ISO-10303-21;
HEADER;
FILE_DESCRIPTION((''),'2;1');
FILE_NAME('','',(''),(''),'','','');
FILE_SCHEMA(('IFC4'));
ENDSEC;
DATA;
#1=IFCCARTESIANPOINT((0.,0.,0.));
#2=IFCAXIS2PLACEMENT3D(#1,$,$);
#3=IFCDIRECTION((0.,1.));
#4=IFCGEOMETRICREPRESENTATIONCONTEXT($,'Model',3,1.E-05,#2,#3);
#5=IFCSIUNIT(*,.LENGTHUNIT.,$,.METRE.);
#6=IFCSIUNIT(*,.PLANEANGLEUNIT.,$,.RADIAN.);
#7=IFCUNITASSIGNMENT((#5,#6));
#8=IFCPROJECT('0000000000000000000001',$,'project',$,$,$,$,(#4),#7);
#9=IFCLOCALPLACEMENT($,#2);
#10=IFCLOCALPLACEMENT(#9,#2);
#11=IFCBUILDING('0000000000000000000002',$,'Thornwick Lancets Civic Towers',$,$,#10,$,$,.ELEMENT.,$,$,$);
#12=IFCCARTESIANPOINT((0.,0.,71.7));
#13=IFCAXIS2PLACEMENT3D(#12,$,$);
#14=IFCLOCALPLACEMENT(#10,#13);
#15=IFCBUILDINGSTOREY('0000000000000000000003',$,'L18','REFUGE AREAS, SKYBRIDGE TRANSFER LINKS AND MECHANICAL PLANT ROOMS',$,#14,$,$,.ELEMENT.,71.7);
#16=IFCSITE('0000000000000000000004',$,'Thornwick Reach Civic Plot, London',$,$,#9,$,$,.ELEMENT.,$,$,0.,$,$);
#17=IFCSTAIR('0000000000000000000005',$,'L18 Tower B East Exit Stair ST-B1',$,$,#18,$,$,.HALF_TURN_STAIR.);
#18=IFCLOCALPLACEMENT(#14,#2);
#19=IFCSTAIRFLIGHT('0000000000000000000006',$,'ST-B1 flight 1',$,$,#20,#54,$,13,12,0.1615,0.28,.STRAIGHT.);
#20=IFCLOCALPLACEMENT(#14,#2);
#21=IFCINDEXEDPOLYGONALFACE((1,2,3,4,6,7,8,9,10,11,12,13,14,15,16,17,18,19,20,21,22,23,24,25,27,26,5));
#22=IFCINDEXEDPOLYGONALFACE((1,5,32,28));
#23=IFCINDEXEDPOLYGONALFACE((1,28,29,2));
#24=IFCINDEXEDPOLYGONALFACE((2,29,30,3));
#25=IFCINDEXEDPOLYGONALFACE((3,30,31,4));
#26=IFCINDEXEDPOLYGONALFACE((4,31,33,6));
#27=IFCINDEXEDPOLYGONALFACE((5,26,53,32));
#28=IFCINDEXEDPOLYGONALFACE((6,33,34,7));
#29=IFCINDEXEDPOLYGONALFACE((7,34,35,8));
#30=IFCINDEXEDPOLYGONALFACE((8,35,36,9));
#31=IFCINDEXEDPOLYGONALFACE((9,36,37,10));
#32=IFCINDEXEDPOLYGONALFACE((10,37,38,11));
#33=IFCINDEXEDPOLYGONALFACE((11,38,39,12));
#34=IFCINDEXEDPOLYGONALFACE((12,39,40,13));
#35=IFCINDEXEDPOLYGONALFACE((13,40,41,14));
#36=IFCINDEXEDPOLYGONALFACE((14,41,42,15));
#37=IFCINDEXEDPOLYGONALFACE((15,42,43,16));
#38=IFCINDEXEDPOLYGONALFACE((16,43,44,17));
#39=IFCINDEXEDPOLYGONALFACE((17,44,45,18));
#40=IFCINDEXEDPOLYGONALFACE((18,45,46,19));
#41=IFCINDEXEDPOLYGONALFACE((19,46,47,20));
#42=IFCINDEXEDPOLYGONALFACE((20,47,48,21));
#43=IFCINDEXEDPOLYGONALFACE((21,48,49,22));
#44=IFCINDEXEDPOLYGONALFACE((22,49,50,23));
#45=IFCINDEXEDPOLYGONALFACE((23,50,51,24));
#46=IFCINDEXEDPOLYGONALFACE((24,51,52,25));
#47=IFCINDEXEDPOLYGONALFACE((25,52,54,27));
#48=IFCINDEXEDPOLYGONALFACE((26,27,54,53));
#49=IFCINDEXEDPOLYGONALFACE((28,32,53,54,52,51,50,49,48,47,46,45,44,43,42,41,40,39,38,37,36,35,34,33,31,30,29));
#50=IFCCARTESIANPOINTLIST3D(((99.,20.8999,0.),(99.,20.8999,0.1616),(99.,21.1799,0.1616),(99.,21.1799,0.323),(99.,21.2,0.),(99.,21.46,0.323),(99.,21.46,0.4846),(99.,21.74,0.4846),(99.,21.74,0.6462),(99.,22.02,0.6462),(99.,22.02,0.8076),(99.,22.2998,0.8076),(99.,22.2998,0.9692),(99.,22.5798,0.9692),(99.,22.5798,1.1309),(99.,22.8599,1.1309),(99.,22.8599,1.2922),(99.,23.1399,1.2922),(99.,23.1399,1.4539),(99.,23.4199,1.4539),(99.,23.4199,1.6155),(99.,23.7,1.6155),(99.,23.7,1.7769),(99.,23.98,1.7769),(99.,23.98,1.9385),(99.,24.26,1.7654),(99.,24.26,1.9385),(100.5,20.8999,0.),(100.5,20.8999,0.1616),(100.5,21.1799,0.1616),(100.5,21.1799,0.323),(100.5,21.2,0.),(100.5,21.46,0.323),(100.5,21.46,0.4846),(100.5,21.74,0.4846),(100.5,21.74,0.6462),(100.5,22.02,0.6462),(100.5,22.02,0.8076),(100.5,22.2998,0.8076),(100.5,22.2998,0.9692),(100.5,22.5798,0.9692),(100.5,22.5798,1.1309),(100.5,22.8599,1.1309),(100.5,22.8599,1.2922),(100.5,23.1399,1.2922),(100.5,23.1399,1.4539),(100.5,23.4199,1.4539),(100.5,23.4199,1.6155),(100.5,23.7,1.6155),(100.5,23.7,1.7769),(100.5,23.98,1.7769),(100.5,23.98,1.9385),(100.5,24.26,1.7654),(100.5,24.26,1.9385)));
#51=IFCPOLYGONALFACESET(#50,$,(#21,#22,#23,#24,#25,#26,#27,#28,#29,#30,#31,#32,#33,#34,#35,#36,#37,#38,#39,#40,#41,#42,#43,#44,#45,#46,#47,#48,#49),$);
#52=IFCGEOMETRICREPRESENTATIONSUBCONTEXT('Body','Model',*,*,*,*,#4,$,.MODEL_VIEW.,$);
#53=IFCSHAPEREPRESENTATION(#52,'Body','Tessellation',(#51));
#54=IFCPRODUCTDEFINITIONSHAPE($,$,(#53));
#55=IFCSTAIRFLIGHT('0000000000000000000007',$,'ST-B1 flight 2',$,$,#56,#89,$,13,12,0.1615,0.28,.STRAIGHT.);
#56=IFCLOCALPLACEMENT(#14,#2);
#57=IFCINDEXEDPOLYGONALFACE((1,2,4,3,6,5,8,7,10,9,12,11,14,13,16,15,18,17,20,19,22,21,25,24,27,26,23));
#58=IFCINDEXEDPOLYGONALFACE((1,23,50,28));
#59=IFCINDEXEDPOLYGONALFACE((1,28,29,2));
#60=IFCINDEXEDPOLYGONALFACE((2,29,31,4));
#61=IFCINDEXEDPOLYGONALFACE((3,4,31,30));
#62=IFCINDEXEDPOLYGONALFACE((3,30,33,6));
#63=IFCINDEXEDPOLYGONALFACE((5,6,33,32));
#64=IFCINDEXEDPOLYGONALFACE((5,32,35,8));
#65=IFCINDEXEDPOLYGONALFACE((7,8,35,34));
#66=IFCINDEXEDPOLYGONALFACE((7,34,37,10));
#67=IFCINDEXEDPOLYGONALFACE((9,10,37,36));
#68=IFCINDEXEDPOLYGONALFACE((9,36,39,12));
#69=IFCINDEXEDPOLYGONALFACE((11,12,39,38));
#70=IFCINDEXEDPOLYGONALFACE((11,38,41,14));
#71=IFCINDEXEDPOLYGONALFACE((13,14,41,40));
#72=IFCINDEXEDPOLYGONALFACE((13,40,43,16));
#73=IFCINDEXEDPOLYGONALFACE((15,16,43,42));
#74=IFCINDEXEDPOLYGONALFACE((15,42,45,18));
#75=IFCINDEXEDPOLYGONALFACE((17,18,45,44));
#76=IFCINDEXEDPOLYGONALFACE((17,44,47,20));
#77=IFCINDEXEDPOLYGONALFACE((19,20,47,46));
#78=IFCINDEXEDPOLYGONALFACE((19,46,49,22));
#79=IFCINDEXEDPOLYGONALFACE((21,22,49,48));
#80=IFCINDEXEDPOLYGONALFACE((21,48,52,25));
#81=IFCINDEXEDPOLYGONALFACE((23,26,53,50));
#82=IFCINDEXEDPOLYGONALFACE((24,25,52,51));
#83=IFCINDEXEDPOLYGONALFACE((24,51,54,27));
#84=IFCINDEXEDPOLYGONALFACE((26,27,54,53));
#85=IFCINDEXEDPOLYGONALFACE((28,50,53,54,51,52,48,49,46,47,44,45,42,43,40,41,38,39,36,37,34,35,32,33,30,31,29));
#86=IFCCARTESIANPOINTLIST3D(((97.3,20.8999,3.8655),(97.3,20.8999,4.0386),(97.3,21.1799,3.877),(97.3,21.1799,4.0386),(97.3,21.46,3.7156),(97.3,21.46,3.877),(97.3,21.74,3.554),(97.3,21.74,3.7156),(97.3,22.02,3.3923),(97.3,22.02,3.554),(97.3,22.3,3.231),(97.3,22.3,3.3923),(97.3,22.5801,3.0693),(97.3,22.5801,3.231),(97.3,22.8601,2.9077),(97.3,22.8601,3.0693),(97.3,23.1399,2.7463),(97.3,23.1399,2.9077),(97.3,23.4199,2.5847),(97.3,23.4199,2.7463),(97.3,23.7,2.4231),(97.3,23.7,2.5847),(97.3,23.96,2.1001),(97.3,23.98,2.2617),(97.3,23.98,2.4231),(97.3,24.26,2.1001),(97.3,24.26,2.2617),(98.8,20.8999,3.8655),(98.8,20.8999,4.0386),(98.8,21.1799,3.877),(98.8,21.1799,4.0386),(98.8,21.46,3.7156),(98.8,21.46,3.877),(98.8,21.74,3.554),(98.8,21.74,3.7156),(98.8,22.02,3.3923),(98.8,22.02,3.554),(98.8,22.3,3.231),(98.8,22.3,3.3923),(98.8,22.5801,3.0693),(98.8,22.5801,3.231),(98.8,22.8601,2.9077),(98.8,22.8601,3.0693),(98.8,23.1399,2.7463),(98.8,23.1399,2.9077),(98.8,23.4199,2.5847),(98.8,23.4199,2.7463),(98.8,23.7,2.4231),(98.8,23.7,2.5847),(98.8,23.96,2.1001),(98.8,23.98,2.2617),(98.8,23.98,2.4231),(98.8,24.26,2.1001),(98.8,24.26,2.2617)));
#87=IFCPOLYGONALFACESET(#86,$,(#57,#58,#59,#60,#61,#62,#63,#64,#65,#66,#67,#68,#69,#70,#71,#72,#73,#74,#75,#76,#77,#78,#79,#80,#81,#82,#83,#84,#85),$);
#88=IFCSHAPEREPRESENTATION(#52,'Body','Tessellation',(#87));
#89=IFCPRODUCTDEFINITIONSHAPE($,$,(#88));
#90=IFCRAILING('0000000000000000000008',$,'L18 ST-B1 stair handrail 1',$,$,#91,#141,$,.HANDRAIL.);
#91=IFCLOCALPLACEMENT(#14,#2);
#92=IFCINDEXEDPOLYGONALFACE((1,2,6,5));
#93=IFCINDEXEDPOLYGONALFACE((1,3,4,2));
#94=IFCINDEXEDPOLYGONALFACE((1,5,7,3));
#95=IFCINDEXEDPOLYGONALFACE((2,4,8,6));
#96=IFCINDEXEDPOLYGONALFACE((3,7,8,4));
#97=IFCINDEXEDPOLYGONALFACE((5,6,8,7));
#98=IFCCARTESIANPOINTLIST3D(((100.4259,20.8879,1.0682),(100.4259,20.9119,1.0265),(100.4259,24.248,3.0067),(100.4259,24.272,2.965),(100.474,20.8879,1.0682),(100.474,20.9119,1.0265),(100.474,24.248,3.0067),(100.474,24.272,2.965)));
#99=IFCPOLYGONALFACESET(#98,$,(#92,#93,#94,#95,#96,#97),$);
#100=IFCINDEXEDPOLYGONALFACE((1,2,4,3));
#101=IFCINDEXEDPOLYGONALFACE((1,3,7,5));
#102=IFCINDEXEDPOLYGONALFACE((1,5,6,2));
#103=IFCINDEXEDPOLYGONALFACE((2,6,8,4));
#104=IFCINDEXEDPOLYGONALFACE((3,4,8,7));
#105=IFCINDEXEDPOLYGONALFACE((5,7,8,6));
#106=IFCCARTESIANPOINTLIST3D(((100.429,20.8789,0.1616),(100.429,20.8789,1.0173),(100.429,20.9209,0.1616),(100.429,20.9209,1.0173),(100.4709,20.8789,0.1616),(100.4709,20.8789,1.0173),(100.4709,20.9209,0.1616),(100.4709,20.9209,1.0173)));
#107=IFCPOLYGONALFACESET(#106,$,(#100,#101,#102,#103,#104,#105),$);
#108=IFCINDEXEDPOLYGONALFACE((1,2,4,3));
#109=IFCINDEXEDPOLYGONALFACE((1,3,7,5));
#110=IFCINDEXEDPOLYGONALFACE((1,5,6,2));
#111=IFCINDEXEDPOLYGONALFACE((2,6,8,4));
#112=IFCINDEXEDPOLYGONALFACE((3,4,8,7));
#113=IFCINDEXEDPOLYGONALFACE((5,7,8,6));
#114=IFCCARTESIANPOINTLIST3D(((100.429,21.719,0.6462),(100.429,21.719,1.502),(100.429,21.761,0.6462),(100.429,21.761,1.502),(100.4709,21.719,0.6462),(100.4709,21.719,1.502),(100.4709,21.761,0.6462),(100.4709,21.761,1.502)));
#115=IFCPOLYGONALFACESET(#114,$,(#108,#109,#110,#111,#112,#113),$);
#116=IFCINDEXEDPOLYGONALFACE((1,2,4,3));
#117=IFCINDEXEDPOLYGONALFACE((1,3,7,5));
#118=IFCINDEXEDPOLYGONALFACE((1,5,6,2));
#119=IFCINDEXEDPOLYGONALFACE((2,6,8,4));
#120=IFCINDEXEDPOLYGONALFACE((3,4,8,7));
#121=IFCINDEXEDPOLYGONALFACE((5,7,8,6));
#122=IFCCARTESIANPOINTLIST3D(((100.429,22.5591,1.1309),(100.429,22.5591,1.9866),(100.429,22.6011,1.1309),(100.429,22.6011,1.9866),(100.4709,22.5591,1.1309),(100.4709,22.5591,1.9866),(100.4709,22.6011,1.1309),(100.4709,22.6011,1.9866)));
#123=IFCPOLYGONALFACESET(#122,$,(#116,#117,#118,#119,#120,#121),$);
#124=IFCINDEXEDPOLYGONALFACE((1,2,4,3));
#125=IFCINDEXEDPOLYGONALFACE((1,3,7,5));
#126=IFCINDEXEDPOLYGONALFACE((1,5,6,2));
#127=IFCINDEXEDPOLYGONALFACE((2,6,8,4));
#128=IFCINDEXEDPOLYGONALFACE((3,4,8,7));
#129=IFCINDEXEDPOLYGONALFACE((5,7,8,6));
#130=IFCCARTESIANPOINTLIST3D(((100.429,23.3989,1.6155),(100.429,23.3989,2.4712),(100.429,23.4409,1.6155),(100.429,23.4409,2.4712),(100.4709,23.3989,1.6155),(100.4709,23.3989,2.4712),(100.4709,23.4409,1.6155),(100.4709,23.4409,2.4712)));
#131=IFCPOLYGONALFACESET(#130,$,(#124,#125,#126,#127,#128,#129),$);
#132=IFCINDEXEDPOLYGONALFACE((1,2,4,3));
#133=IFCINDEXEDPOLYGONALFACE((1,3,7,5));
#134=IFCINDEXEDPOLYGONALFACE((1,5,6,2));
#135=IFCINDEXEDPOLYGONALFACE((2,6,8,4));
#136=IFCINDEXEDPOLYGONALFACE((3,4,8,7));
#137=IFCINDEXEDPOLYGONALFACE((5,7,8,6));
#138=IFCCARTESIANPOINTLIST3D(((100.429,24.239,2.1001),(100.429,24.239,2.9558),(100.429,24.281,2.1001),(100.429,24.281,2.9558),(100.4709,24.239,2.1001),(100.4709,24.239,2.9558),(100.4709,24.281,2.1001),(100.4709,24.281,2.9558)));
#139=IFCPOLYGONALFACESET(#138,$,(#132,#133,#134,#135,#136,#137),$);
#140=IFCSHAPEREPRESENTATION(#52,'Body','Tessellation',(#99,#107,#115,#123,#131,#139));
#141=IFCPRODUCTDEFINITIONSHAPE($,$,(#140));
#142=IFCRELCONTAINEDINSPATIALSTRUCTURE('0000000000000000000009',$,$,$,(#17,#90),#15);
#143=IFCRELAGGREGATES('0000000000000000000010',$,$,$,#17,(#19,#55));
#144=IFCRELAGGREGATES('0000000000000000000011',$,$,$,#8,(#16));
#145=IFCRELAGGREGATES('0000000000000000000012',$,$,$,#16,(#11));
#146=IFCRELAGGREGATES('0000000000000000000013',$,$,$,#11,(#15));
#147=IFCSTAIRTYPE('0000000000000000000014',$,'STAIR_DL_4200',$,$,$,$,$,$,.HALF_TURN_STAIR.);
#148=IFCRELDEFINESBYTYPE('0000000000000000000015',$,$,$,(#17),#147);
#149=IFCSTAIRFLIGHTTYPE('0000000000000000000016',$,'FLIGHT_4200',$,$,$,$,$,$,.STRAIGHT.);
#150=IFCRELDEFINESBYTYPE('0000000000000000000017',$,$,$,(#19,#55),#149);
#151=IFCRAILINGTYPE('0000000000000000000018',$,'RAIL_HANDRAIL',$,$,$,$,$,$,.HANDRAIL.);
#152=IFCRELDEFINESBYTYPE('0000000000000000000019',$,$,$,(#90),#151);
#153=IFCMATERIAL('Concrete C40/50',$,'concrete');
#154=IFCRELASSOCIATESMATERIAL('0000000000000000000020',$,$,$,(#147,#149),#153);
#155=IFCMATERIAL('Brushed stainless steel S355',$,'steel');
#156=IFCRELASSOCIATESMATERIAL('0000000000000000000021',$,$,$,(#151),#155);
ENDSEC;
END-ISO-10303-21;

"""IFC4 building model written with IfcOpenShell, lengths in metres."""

from ifc_helpers import new_model, si_unit, direction, frame, origin, origin_2d, place, context, subcontext, project, spatial, polyline, rectangle, outline, extrude, material, type_object, element, aggregate, save


model = new_model("IFC4")

# Units and contexts
model_context = context("Model", 3, precision=1e-05, world=origin(), true_north=direction((0.0, 1.0)))
body_context = subcontext(model_context, "Body", "Model", "MODEL_VIEW")
ifc_project = project(units=[si_unit("LENGTHUNIT", "METRE"), si_unit("PLANEANGLEUNIT", "RADIAN")], contexts=[model_context])

# Site, building, storey
site_placement = place(None, origin())
site = spatial("IfcSite", under=ifc_project, at=site_placement, Name="Thornwick Reach Civic Plot, London", CompositionType="ELEMENT", RefElevation=0.0)
building_placement = place(site_placement, origin())
building = spatial("IfcBuilding", under=site, at=building_placement, Name="Thornwick Lancets Civic Towers", CompositionType="ELEMENT")
storey_placement = place(building_placement, frame((0.0, 0.0, 71.7)))
storey = spatial("IfcBuildingStorey", under=building, at=storey_placement, Name="L18", Description="REFUGE AREAS, SKYBRIDGE TRANSFER LINKS AND MECHANICAL PLANT ROOMS", CompositionType="ELEMENT", Elevation=71.7)

# Shared definitions
ifc_material_1 = material(Name="Concrete C40/50", Category="concrete")

# Stair, stair flights
stair_type = type_object("IfcStairType", Name="STAIR_DL_4200", PredefinedType="HALF_TURN_STAIR", material=ifc_material_1)
stair_placement = place(storey_placement, origin())
stair = element("IfcStair", 1, at=stair_placement, inside=storey, type_object=stair_type, Name="L18 Tower B East Exit Stair ST-B1", PredefinedType="HALF_TURN_STAIR")
stair_flight_type = type_object("IfcStairFlightType", Name="FLIGHT_4200", PredefinedType="STRAIGHT", material=ifc_material_1)
stair_flight_1_placement = place(storey_placement, frame((99.75, 20.8999, 0.0), z_axis=(0.0, 0.0, 1.0), x_axis=(0.0, 1.0, 0.0)))
stair_flight_1 = element("IfcStairFlight", 2, at=stair_flight_1_placement, type_object=stair_flight_type, Name="ST-B1 flight 1", NumberOfRisers=13, NumberOfTreads=12, PredefinedType="STRAIGHT", RiserHeight=0.1615, TreadLength=0.28, context=body_context, shape_type="SweptSolid", body=[
    extrude(outline(polyline([(0.0, 0.0), (0.0, 0.1616), (0.28, 0.1616), (0.28, 0.323), (0.5601, 0.323), (0.5601, 0.4846), (0.8401, 0.4846), (0.8401, 0.6462), (1.1201, 0.6462), (1.1201, 0.8076), (1.3999, 0.8076), (1.3999, 0.9692), (1.6799, 0.9692), (1.6799, 1.1309), (1.96, 1.1309), (1.96, 1.2922), (2.24, 1.2922), (2.24, 1.4539), (2.52, 1.4539), (2.52, 1.6155), (2.8, 1.6155), (2.8, 1.7769), (3.0801, 1.7769), (3.0801, 1.9385), (3.3601, 1.9385), (3.3601, 2.1001), (3.3601, 1.7654), (0.3, 0.0), (0.0, 0.0)])), frame((0.0, 0.75, 0.0), z_axis=(0.0, -1.0, 0.0), x_axis=(1.0, 0.0, 0.0)), (0.0, 0.0, 1.0), 1.5),
])
stair_flight_2_placement = place(storey_placement, frame((98.05, 24.26, 2.1001), z_axis=(0.0, 0.0, 1.0), x_axis=(0.0, -1.0, 0.0)))
stair_flight_2 = element("IfcStairFlight", 3, at=stair_flight_2_placement, type_object=stair_flight_type, Name="ST-B1 flight 2", NumberOfRisers=13, NumberOfTreads=12, PredefinedType="STRAIGHT", RiserHeight=0.1615, TreadLength=0.28, context=body_context, shape_type="SweptSolid", body=[
    extrude(outline(polyline([(0.0, 0.0), (0.0, 0.1616), (0.28, 0.1616), (0.28, 0.323), (0.5601, 0.323), (0.5601, 0.4846), (0.8401, 0.4846), (0.8401, 0.6462), (1.1201, 0.6462), (1.1201, 0.8076), (1.3999, 0.8076), (1.3999, 0.9692), (1.6799, 0.9692), (1.6799, 1.1309), (1.96, 1.1309), (1.96, 1.2922), (2.24, 1.2922), (2.24, 1.4539), (2.52, 1.4539), (2.52, 1.6155), (2.8, 1.6155), (2.8, 1.7769), (3.0801, 1.7769), (3.0801, 1.9385), (3.3601, 1.9385), (3.3601, 2.1001), (3.3601, 1.7654), (0.3, 0.0), (0.0, 0.0)])), frame((0.0, 0.75, 0.0), z_axis=(0.0, -1.0, 0.0), x_axis=(1.0, 0.0, 0.0)), (0.0, 0.0, 1.0), 1.5),
])
aggregate(stair, [stair_flight_1, stair_flight_2])

# Railing
ifc_material_2 = material(Name="Brushed stainless steel S355", Category="steel")
railing_type_1 = type_object("IfcRailingType", Name="RAIL_HANDRAIL", PredefinedType="HANDRAIL", material=ifc_material_2)
railing_1_placement = place(storey_placement, frame((100.45, 20.8999, 0.1616)))
element("IfcRailing", 4, at=railing_1_placement, inside=storey, type_object=railing_type_1, Name="L18 ST-B1 stair handrail 1", PredefinedType="HANDRAIL", context=body_context, shape_type="SweptSolid", body=[
    extrude(rectangle(XDim=0.0481, YDim=0.0481, at=origin_2d()), frame((0.0, 0.0, 0.8857), z_axis=(0.0, 0.866191, 0.499713), x_axis=(-1.0, 0.0, 0.0)), (0.0, 0.0, 1.0), 3.8792),
    extrude(rectangle(XDim=0.042, YDim=0.042, at=origin_2d()), origin(), (0.0, 0.0, 1.0), 0.8557),
    extrude(rectangle(XDim=0.042, YDim=0.042, at=origin_2d()), frame((0.0, 0.8401, 0.4846)), (0.0, 0.0, 1.0), 0.8557),
    extrude(rectangle(XDim=0.042, YDim=0.042, at=origin_2d()), frame((0.0, 1.6802, 0.9692)), (0.0, 0.0, 1.0), 0.8557),
    extrude(rectangle(XDim=0.042, YDim=0.042, at=origin_2d()), frame((0.0, 2.52, 1.4539)), (0.0, 0.0, 1.0), 0.8557),
    extrude(rectangle(XDim=0.042, YDim=0.042, at=origin_2d()), frame((0.0, 3.3601, 1.9385)), (0.0, 0.0, 1.0), 0.8557),
])

save(model, "model.ifc")
